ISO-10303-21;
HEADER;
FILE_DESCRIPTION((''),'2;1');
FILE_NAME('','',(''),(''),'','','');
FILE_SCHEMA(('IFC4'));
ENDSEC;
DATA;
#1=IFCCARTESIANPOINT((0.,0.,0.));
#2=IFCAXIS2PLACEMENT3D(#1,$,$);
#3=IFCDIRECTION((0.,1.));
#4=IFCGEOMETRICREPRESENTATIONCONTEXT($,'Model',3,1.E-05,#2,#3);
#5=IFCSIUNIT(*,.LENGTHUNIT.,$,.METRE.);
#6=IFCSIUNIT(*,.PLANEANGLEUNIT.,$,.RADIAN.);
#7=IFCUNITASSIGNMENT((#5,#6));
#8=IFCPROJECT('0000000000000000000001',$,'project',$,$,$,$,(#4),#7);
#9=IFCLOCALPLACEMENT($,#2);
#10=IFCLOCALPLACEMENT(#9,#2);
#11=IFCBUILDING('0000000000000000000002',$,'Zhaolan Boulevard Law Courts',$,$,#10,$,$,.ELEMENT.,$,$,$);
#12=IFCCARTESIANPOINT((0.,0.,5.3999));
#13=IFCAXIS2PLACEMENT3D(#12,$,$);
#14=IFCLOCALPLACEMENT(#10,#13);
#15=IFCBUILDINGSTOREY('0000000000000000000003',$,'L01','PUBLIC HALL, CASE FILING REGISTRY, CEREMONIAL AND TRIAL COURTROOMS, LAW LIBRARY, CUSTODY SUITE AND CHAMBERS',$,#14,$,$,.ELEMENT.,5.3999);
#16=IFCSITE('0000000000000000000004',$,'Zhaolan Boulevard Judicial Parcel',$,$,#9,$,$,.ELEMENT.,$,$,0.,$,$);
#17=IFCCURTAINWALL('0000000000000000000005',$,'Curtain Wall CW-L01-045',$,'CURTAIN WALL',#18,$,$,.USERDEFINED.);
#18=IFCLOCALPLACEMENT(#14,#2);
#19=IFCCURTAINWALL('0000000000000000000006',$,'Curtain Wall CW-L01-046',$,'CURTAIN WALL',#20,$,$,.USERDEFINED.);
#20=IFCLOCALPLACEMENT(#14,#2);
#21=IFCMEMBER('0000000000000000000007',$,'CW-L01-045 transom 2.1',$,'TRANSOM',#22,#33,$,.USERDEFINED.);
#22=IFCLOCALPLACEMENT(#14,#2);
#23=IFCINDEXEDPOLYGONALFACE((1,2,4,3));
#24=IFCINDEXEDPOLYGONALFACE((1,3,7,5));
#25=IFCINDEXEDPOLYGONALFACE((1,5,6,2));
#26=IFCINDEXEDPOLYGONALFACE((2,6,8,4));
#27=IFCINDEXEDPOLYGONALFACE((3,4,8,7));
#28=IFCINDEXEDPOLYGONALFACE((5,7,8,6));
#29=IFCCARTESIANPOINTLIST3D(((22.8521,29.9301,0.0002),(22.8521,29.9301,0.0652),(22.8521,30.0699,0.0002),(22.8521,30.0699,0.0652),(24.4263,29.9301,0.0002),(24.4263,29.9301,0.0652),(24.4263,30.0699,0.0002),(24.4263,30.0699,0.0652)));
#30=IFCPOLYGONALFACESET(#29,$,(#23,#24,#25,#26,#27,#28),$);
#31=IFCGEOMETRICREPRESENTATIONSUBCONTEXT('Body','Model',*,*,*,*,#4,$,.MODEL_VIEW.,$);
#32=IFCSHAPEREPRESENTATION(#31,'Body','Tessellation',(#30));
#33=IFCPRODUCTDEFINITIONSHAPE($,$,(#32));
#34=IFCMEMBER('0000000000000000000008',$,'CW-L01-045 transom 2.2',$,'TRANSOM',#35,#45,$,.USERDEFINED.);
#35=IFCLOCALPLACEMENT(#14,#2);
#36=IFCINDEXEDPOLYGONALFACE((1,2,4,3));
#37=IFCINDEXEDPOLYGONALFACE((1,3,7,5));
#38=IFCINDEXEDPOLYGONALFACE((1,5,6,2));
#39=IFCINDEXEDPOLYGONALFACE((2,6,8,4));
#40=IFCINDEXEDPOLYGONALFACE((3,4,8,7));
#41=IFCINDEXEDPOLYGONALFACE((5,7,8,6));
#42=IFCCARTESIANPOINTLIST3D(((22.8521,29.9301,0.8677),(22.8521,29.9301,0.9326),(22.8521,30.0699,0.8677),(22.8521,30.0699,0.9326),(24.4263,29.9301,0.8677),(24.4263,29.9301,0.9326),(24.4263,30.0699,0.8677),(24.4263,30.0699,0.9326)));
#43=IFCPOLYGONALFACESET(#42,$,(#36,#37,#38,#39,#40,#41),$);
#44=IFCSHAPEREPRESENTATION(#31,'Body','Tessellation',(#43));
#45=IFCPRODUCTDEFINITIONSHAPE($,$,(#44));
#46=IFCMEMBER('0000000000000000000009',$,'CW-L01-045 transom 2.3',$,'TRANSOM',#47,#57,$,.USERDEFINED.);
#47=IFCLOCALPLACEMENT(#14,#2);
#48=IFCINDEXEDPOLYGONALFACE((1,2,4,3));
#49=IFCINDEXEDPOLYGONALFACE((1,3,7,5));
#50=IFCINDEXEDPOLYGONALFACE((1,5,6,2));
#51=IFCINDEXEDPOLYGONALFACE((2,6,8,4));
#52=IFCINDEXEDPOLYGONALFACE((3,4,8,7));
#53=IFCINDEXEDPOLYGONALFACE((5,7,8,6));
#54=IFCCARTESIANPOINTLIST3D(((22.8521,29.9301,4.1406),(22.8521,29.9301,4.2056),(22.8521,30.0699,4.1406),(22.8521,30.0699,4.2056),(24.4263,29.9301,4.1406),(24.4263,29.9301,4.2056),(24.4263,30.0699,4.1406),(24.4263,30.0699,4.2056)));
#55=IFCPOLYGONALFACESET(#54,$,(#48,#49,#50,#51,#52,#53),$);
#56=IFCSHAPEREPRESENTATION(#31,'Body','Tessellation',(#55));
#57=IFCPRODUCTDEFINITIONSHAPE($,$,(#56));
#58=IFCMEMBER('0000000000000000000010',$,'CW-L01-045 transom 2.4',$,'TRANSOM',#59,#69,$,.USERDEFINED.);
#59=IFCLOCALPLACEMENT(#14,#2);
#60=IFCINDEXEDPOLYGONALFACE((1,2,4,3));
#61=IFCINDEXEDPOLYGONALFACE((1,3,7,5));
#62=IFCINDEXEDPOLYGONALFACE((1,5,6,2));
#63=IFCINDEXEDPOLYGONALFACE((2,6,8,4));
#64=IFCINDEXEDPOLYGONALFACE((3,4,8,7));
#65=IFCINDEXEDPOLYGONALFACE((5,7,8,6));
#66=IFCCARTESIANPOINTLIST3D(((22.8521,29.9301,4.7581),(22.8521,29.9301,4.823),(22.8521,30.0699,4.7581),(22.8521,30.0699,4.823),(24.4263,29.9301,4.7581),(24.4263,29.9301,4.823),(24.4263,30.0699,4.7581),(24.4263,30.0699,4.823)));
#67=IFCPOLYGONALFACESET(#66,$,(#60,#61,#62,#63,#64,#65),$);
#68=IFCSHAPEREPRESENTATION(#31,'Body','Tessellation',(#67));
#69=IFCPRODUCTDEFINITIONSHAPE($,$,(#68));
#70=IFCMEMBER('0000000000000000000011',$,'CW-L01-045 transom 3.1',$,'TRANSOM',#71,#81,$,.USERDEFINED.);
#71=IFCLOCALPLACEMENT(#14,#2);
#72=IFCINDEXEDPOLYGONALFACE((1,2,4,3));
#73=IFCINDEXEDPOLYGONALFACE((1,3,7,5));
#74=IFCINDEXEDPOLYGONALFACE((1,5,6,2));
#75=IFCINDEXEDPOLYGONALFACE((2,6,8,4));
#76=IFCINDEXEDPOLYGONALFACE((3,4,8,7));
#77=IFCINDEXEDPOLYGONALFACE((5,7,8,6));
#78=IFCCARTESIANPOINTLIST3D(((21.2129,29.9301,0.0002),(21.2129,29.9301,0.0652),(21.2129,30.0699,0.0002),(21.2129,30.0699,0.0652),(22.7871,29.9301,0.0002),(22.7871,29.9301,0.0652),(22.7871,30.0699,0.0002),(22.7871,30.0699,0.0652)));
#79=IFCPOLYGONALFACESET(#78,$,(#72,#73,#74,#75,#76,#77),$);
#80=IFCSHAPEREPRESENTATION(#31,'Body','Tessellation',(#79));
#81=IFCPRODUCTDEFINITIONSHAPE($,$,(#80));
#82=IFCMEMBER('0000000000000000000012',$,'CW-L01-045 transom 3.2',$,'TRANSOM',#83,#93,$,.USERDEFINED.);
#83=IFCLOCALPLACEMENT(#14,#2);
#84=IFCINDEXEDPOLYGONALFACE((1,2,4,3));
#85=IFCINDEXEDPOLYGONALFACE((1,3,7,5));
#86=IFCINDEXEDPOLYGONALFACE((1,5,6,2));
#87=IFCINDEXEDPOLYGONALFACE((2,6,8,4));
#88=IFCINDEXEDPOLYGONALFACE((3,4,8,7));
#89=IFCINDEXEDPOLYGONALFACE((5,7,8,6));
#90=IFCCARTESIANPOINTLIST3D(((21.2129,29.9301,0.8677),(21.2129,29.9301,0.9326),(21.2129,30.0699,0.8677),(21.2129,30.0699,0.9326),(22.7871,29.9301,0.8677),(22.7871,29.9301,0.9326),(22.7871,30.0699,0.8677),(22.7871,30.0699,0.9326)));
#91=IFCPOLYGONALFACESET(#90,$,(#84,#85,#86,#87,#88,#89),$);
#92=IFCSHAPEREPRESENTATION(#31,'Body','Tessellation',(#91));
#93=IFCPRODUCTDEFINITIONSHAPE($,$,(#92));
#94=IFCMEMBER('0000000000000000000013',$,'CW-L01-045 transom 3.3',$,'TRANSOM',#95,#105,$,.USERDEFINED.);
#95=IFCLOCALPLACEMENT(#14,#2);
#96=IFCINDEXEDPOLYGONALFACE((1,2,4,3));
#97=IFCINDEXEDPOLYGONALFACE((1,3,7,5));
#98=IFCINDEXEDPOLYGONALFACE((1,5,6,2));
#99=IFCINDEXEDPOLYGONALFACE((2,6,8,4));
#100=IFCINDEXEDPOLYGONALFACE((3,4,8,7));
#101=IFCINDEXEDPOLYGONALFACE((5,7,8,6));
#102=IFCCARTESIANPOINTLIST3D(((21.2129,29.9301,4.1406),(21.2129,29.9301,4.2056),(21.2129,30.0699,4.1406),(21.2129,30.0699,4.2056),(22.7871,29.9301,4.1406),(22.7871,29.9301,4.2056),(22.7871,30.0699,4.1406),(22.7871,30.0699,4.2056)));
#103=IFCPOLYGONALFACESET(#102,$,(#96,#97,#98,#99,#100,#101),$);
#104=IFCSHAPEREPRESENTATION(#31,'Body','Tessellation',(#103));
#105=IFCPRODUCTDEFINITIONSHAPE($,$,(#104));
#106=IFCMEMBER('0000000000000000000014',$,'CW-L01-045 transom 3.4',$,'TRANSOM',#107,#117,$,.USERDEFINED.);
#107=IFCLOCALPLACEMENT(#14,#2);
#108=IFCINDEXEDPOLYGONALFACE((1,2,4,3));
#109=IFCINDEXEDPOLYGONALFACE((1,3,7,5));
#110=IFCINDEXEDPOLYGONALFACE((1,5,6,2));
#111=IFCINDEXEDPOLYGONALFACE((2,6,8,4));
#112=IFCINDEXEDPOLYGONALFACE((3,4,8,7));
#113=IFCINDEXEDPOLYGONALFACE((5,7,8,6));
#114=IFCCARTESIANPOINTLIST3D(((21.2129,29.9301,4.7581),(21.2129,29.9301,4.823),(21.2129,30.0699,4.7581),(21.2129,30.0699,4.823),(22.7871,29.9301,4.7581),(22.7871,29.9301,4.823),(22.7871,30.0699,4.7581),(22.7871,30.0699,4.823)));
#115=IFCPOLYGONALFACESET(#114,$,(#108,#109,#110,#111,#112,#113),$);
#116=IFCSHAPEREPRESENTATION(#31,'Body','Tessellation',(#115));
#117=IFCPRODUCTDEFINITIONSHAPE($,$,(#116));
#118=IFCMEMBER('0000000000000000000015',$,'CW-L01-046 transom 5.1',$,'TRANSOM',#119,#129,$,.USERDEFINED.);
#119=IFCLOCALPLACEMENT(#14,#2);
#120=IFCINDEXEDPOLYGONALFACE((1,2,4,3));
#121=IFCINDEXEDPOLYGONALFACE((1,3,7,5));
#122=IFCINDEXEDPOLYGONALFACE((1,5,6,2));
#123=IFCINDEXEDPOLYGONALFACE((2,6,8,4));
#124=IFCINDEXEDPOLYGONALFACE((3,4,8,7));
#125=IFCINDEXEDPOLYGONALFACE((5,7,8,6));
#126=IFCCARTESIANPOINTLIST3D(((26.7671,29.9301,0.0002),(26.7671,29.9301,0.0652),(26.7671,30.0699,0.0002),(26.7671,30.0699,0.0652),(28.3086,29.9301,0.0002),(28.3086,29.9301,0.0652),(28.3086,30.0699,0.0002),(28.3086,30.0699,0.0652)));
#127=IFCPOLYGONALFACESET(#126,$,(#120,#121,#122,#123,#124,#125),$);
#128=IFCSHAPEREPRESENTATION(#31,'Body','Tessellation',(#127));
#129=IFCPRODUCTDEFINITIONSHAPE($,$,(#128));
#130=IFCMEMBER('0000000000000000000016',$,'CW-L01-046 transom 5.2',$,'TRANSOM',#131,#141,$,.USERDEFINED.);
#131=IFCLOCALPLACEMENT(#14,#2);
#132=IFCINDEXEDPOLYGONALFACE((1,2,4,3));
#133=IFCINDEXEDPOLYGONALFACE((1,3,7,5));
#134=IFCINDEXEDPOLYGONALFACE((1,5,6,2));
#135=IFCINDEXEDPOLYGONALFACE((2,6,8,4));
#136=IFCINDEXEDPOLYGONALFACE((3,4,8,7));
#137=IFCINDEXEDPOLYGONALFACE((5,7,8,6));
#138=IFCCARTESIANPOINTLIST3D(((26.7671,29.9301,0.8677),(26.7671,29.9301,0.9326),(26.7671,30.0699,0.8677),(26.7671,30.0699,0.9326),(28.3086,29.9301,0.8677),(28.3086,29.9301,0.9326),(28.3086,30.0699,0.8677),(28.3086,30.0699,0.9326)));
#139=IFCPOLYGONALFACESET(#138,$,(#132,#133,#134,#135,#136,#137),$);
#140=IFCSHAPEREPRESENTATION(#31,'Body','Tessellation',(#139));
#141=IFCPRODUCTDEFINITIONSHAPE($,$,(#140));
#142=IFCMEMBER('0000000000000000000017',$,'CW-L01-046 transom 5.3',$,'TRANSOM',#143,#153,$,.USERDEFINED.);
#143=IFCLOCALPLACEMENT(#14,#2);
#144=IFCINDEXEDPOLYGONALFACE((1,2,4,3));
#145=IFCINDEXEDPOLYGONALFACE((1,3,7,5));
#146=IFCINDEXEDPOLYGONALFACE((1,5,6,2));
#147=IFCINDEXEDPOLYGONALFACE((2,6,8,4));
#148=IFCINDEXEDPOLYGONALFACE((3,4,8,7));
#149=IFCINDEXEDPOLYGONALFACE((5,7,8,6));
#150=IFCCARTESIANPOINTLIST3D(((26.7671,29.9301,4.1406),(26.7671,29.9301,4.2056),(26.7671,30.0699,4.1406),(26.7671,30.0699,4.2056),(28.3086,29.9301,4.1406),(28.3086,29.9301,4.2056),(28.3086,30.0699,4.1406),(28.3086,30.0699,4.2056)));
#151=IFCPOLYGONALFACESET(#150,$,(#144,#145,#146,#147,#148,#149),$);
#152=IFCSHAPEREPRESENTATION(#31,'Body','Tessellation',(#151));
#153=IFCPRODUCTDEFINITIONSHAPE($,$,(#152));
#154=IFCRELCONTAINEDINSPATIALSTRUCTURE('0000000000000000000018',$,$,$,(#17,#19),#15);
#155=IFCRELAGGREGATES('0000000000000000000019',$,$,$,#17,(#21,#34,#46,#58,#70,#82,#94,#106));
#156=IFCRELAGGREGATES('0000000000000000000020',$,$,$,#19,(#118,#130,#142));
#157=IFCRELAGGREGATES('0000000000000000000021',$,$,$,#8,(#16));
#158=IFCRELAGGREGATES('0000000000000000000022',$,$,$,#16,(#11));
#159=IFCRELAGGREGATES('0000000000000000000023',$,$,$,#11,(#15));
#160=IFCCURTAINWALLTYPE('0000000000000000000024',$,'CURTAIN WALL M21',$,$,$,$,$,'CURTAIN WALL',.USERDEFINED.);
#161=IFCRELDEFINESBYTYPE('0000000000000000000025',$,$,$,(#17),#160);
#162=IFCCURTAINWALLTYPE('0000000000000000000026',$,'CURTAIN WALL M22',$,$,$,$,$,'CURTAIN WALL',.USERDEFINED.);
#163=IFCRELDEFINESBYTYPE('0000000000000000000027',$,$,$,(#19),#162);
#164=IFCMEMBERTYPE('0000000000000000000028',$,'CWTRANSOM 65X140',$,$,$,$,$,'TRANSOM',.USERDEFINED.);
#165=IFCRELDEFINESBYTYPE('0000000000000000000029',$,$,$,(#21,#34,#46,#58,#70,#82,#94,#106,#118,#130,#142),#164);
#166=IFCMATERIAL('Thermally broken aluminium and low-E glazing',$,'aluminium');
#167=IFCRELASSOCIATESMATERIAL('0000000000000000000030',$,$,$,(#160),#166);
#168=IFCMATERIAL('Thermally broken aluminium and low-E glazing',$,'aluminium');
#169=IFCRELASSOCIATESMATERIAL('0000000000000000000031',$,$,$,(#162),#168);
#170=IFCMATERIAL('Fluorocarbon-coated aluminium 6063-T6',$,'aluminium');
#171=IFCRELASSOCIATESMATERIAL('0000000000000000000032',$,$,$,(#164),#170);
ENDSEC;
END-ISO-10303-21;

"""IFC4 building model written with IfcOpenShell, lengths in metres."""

from ifc_helpers import new_model, si_unit, direction, frame, origin, origin_2d, place, context, subcontext, project, spatial, rectangle, extrude, material, material_profile, profile_set, type_object, element, aggregate, save


model = new_model("IFC4")

# Units and contexts
model_context = context("Model", 3, precision=1e-05, world=origin(), true_north=direction((0.0, 1.0)))
body_context = subcontext(model_context, "Body", "Model", "MODEL_VIEW")
ifc_project = project(units=[si_unit("LENGTHUNIT", "METRE"), si_unit("PLANEANGLEUNIT", "RADIAN")], contexts=[model_context])

# Site, building, storey
site_placement = place(None, origin())
site = spatial("IfcSite", under=ifc_project, at=site_placement, Name="Zhaolan Boulevard Judicial Parcel", CompositionType="ELEMENT", RefElevation=0.0)
building_placement = place(site_placement, origin())
building = spatial("IfcBuilding", under=site, at=building_placement, Name="Zhaolan Boulevard Law Courts", CompositionType="ELEMENT")
storey_placement = place(building_placement, frame((0.0, 0.0, 5.3999)))
storey = spatial("IfcBuildingStorey", under=building, at=storey_placement, Name="L01", Description="PUBLIC HALL, CASE FILING REGISTRY, CEREMONIAL AND TRIAL COURTROOMS, LAW LIBRARY, CUSTODY SUITE AND CHAMBERS", CompositionType="ELEMENT", Elevation=5.3999)

# Curtain wall
ifc_material_1 = material(Name="Thermally broken aluminium and low-E glazing", Category="aluminium")
curtain_wall_type_1 = type_object("IfcCurtainWallType", Name="CURTAIN WALL M21", ElementType="CURTAIN WALL", PredefinedType="USERDEFINED", material=ifc_material_1)
curtain_wall_1_placement = place(storey_placement, origin())
curtain_wall_1 = element("IfcCurtainWall", 1, at=curtain_wall_1_placement, inside=storey, type_object=curtain_wall_type_1, Name="Curtain Wall CW-L01-045", ObjectType="CURTAIN WALL", PredefinedType="USERDEFINED")

# Curtain wall
ifc_material_2 = material(Name="Thermally broken aluminium and low-E glazing", Category="aluminium")
curtain_wall_type_2 = type_object("IfcCurtainWallType", Name="CURTAIN WALL M22", ElementType="CURTAIN WALL", PredefinedType="USERDEFINED", material=ifc_material_2)
curtain_wall_2_placement = place(storey_placement, origin())
curtain_wall_2 = element("IfcCurtainWall", 2, at=curtain_wall_2_placement, inside=storey, type_object=curtain_wall_type_2, Name="Curtain Wall CW-L01-046", ObjectType="CURTAIN WALL", PredefinedType="USERDEFINED")

# Members
ifc_material_3 = material(Name="Fluorocarbon-coated aluminium 6063-T6", Category="aluminium")
ifc_material_profile_1 = material_profile(ifc_material_3, rectangle(XDim=0.1399, YDim=0.0649, at=origin_2d()), Name="AL65x140")
ifc_profile_set_1 = profile_set([ifc_material_profile_1], Name="Fluorocarbon-coated aluminium 6063-T6")
member_type_1 = type_object("IfcMemberType", Name="CWTRANSOM 65X140", ElementType="TRANSOM", PredefinedType="USERDEFINED", material=ifc_profile_set_1)
member_1_placement = place(storey_placement, frame((24.4263, 30.0, 0.0327), z_axis=(-1.0, 0.0, 0.0), x_axis=(0.0, -1.0, 0.0)))
member_1 = element("IfcMember", 3, at=member_1_placement, type_object=member_type_1, Name="CW-L01-045 transom 2.1", ObjectType="TRANSOM", PredefinedType="USERDEFINED", context=body_context, shape_type="SweptSolid", body=[
    extrude(rectangle(XDim=0.1399, YDim=0.0649, at=origin_2d()), origin(), (0.0, 0.0, 1.0), 1.5742),
])
member_2_placement = place(storey_placement, frame((24.4263, 30.0, 0.9001), z_axis=(-1.0, 0.0, 0.0), x_axis=(0.0, -1.0, 0.0)))
member_2 = element("IfcMember", 4, at=member_2_placement, type_object=member_type_1, Name="CW-L01-045 transom 2.2", ObjectType="TRANSOM", PredefinedType="USERDEFINED", context=body_context, shape_type="SweptSolid", body=[
    extrude(rectangle(XDim=0.1399, YDim=0.0649, at=origin_2d()), origin(), (0.0, 0.0, 1.0), 1.5742),
])
member_3_placement = place(storey_placement, frame((24.4263, 30.0, 4.1731), z_axis=(-1.0, 0.0, 0.0), x_axis=(0.0, -1.0, 0.0)))
member_3 = element("IfcMember", 5, at=member_3_placement, type_object=member_type_1, Name="CW-L01-045 transom 2.3", ObjectType="TRANSOM", PredefinedType="USERDEFINED", context=body_context, shape_type="SweptSolid", body=[
    extrude(rectangle(XDim=0.1399, YDim=0.0649, at=origin_2d()), origin(), (0.0, 0.0, 1.0), 1.5742),
])
member_4_placement = place(storey_placement, frame((24.4263, 30.0, 4.7905), z_axis=(-1.0, 0.0, 0.0), x_axis=(0.0, -1.0, 0.0)))
member_4 = element("IfcMember", 6, at=member_4_placement, type_object=member_type_1, Name="CW-L01-045 transom 2.4", ObjectType="TRANSOM", PredefinedType="USERDEFINED", context=body_context, shape_type="SweptSolid", body=[
    extrude(rectangle(XDim=0.1399, YDim=0.0649, at=origin_2d()), origin(), (0.0, 0.0, 1.0), 1.5742),
])
member_5_placement = place(storey_placement, frame((22.7871, 30.0, 0.0327), z_axis=(-1.0, 0.0, 0.0), x_axis=(0.0, -1.0, 0.0)))
member_5 = element("IfcMember", 7, at=member_5_placement, type_object=member_type_1, Name="CW-L01-045 transom 3.1", ObjectType="TRANSOM", PredefinedType="USERDEFINED", context=body_context, shape_type="SweptSolid", body=[
    extrude(rectangle(XDim=0.1399, YDim=0.0649, at=origin_2d()), origin(), (0.0, 0.0, 1.0), 1.5742),
])
member_6_placement = place(storey_placement, frame((22.7871, 30.0, 0.9001), z_axis=(-1.0, 0.0, 0.0), x_axis=(0.0, -1.0, 0.0)))
member_6 = element("IfcMember", 8, at=member_6_placement, type_object=member_type_1, Name="CW-L01-045 transom 3.2", ObjectType="TRANSOM", PredefinedType="USERDEFINED", context=body_context, shape_type="SweptSolid", body=[
    extrude(rectangle(XDim=0.1399, YDim=0.0649, at=origin_2d()), origin(), (0.0, 0.0, 1.0), 1.5742),
])
member_7_placement = place(storey_placement, frame((22.7871, 30.0, 4.1731), z_axis=(-1.0, 0.0, 0.0), x_axis=(0.0, -1.0, 0.0)))
member_7 = element("IfcMember", 9, at=member_7_placement, type_object=member_type_1, Name="CW-L01-045 transom 3.3", ObjectType="TRANSOM", PredefinedType="USERDEFINED", context=body_context, shape_type="SweptSolid", body=[
    extrude(rectangle(XDim=0.1399, YDim=0.0649, at=origin_2d()), origin(), (0.0, 0.0, 1.0), 1.5742),
])
member_8_placement = place(storey_placement, frame((22.7871, 30.0, 4.7905), z_axis=(-1.0, 0.0, 0.0), x_axis=(0.0, -1.0, 0.0)))
member_8 = element("IfcMember", 10, at=member_8_placement, type_object=member_type_1, Name="CW-L01-045 transom 3.4", ObjectType="TRANSOM", PredefinedType="USERDEFINED", context=body_context, shape_type="SweptSolid", body=[
    extrude(rectangle(XDim=0.1399, YDim=0.0649, at=origin_2d()), origin(), (0.0, 0.0, 1.0), 1.5742),
])
member_9_placement = place(storey_placement, frame((28.3086, 30.0, 0.0327), z_axis=(-1.0, 0.0, 0.0), x_axis=(0.0, -1.0, 0.0)))
member_9 = element("IfcMember", 11, at=member_9_placement, type_object=member_type_1, Name="CW-L01-046 transom 5.1", ObjectType="TRANSOM", PredefinedType="USERDEFINED", context=body_context, shape_type="SweptSolid", body=[
    extrude(rectangle(XDim=0.1399, YDim=0.0649, at=origin_2d()), origin(), (0.0, 0.0, 1.0), 1.5415),
])
member_10_placement = place(storey_placement, frame((28.3086, 30.0, 0.9001), z_axis=(-1.0, 0.0, 0.0), x_axis=(0.0, -1.0, 0.0)))
member_10 = element("IfcMember", 12, at=member_10_placement, type_object=member_type_1, Name="CW-L01-046 transom 5.2", ObjectType="TRANSOM", PredefinedType="USERDEFINED", context=body_context, shape_type="SweptSolid", body=[
    extrude(rectangle(XDim=0.1399, YDim=0.0649, at=origin_2d()), origin(), (0.0, 0.0, 1.0), 1.5415),
])
member_11_placement = place(storey_placement, frame((28.3086, 30.0, 4.1731), z_axis=(-1.0, 0.0, 0.0), x_axis=(0.0, -1.0, 0.0)))
member_11 = element("IfcMember", 13, at=member_11_placement, type_object=member_type_1, Name="CW-L01-046 transom 5.3", ObjectType="TRANSOM", PredefinedType="USERDEFINED", context=body_context, shape_type="SweptSolid", body=[
    extrude(rectangle(XDim=0.1399, YDim=0.0649, at=origin_2d()), origin(), (0.0, 0.0, 1.0), 1.5415),
])

aggregate(curtain_wall_1, [member_1, member_2, member_3, member_4, member_5, member_6, member_7, member_8])
aggregate(curtain_wall_2, [member_9, member_10, member_11])

save(model, "model.ifc")
